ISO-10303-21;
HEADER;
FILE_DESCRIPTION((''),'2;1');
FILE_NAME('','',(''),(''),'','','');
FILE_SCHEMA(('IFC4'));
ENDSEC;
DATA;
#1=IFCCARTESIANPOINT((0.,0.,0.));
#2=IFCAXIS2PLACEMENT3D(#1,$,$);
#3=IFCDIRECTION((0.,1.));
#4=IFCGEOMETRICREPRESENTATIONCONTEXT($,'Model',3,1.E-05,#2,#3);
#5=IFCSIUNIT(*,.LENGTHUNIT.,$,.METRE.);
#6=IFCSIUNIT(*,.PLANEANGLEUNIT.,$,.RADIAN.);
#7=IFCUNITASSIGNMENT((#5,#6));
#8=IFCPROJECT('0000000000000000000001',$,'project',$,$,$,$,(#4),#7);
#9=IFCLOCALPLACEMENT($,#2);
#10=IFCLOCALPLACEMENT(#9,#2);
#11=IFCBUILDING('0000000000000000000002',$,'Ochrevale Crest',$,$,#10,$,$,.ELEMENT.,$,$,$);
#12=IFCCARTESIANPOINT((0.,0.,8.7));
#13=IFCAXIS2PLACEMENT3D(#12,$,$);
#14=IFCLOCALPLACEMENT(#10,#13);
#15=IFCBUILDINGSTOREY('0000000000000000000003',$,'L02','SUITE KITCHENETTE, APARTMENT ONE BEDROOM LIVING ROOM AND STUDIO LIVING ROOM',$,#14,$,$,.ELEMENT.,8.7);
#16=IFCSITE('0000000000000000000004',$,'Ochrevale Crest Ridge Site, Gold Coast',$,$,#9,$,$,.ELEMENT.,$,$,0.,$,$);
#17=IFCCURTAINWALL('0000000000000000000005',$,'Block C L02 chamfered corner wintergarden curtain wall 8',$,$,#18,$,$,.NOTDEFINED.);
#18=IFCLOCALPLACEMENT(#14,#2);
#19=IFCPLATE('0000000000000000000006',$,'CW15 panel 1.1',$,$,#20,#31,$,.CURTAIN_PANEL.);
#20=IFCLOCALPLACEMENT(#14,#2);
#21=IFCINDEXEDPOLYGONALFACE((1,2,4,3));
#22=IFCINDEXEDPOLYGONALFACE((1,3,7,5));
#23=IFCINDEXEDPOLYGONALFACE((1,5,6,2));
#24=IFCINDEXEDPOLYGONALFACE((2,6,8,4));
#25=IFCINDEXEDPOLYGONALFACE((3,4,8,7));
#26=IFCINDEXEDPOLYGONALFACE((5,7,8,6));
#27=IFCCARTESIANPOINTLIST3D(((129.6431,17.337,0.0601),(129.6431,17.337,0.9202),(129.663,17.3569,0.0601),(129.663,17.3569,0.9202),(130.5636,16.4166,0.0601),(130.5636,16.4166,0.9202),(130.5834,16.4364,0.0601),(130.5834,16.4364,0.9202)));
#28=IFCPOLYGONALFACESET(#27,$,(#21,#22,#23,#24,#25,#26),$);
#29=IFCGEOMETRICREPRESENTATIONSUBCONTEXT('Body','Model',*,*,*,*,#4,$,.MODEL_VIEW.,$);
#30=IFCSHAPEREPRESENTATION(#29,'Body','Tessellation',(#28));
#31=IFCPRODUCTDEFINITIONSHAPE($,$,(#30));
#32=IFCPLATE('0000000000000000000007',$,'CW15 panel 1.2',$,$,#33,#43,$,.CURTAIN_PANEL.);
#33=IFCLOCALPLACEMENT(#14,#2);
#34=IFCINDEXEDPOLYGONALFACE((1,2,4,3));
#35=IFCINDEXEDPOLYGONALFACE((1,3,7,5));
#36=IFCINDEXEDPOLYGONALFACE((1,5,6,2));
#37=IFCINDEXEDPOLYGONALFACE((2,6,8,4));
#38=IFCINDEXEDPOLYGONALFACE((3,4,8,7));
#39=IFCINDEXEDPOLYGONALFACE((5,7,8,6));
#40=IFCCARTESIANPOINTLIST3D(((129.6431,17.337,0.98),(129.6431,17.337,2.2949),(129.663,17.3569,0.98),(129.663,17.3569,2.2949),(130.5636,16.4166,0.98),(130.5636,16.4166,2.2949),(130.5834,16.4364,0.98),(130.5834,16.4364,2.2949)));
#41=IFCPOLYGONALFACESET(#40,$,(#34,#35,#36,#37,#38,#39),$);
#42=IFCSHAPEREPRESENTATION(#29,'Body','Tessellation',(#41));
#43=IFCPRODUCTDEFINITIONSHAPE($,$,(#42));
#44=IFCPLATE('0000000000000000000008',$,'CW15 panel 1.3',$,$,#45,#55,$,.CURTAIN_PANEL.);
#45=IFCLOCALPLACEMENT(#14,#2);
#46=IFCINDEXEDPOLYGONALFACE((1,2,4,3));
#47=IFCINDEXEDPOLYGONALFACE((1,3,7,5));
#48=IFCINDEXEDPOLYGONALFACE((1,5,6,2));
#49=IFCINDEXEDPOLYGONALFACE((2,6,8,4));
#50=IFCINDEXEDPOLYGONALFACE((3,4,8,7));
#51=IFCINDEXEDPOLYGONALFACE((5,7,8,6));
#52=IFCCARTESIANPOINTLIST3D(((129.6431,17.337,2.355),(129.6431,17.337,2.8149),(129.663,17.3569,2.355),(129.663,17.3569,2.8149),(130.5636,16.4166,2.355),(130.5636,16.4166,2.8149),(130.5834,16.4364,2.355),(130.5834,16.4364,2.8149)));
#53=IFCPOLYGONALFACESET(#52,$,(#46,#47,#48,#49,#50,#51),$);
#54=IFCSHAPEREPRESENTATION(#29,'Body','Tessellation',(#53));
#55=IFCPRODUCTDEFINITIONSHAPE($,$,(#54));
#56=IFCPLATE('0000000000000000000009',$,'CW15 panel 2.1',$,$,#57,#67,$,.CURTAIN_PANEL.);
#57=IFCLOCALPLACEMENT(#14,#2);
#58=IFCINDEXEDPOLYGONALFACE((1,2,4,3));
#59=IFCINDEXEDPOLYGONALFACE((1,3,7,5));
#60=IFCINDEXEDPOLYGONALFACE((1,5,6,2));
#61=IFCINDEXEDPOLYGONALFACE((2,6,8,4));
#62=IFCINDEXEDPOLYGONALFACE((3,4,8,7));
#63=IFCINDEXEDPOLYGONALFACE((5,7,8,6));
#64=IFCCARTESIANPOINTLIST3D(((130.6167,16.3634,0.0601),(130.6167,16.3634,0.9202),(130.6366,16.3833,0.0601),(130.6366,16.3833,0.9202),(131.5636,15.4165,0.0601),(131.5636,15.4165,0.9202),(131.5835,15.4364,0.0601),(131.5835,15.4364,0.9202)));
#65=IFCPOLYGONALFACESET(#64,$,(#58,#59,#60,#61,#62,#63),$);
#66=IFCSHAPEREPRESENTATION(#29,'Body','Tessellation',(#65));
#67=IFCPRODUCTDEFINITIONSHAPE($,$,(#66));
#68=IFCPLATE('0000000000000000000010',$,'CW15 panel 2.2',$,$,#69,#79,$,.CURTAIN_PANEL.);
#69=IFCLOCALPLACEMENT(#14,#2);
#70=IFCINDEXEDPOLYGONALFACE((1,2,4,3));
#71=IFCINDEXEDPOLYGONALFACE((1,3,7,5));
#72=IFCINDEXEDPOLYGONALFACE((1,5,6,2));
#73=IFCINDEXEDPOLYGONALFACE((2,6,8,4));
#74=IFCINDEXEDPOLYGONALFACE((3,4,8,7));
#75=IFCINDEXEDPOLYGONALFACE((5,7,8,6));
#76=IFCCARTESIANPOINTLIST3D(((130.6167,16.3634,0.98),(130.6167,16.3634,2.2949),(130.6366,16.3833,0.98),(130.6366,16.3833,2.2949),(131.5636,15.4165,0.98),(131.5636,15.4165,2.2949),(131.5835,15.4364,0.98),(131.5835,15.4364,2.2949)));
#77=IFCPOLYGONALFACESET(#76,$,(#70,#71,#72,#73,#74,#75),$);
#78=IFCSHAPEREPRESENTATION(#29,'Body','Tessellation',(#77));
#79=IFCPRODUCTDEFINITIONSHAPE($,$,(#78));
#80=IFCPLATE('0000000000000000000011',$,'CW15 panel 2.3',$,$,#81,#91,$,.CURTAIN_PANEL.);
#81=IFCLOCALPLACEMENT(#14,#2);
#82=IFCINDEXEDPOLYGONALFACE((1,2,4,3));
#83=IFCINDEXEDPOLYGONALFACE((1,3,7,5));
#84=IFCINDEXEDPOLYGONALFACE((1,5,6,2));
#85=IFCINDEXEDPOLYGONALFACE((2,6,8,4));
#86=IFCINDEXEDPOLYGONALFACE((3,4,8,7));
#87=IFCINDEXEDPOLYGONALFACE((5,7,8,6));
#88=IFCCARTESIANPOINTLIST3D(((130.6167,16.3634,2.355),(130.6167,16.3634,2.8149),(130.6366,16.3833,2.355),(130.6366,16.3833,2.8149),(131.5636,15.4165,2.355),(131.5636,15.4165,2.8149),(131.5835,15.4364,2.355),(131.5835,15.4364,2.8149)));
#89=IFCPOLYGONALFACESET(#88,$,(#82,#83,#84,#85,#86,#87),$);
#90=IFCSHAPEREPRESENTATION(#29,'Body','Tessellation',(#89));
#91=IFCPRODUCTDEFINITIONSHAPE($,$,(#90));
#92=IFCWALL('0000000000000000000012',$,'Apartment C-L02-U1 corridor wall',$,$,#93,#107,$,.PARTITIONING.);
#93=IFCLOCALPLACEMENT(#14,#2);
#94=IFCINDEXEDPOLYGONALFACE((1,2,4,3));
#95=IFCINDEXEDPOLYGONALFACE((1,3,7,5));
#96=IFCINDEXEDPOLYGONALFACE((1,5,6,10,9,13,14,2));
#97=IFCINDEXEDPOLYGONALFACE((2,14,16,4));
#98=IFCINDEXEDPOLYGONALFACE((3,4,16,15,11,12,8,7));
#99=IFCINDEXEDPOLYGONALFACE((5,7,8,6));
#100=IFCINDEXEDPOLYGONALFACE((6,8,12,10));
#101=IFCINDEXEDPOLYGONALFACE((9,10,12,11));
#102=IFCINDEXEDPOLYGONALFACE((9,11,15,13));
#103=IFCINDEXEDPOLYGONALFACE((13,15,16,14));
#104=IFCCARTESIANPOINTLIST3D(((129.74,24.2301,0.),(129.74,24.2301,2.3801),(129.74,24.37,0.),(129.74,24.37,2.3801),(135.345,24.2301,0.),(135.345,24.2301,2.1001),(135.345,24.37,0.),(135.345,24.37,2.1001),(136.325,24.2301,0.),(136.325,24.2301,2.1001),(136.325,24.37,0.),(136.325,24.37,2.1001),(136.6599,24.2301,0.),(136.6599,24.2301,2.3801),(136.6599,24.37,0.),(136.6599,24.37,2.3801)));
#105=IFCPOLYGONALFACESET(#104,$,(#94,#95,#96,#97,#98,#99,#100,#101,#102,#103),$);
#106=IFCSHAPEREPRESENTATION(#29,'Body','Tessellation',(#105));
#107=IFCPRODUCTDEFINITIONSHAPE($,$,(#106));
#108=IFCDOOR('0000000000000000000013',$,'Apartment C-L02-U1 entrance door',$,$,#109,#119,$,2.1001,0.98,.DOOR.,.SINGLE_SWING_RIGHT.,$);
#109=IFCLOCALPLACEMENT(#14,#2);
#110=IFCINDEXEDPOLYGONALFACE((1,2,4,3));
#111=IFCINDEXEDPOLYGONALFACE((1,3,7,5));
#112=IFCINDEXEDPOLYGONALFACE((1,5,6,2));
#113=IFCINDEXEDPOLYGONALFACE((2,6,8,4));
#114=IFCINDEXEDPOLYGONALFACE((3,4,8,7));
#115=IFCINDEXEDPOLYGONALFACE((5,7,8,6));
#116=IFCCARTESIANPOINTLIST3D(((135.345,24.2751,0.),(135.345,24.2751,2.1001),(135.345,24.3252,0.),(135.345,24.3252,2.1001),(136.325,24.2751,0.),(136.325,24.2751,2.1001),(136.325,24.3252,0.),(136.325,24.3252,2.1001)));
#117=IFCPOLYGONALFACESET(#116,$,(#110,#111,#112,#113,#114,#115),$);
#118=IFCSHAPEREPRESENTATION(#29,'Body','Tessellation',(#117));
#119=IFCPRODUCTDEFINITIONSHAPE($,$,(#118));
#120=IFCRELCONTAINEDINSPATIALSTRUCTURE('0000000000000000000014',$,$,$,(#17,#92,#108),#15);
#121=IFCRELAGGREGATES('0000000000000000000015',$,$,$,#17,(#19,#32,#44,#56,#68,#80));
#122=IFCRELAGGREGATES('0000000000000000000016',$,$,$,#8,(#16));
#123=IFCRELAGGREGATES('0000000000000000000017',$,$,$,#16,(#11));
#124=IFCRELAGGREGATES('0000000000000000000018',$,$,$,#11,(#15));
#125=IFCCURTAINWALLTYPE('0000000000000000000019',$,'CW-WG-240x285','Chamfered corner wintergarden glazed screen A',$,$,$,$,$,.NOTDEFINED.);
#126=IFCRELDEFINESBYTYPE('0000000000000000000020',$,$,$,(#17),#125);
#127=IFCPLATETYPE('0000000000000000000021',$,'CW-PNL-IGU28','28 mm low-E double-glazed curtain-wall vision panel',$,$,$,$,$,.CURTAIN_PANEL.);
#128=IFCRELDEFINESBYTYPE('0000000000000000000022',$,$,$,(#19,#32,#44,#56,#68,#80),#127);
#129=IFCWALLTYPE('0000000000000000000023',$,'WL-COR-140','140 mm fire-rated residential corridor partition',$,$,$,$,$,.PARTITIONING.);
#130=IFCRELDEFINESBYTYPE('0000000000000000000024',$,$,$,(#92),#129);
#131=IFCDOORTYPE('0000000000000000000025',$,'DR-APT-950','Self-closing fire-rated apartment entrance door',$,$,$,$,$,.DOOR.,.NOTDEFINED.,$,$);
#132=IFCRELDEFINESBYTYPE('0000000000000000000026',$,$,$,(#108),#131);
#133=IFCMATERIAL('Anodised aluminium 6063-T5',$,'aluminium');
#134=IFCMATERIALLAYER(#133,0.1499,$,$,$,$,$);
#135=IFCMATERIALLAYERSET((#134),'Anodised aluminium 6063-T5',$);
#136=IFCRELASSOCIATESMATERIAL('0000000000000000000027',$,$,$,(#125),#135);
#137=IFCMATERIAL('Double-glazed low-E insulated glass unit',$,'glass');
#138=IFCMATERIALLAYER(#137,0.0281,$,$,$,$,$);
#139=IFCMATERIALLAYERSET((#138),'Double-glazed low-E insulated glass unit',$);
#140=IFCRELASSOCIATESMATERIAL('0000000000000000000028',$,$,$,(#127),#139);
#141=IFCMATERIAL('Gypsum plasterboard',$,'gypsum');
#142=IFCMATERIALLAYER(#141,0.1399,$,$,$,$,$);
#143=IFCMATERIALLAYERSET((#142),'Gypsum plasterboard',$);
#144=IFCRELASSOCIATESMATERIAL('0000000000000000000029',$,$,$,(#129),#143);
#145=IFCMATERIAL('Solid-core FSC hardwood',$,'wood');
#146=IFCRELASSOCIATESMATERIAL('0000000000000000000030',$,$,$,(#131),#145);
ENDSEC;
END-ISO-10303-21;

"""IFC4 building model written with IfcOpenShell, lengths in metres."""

from ifc_helpers import new_model, si_unit, direction, frame, frame_2d, origin, origin_2d, place, context, subcontext, project, spatial, rectangle, extrude, material, layer, layer_set, type_object, element, fill, aggregate, save


model = new_model("IFC4")

# Units and contexts
model_context = context("Model", 3, precision=1e-05, world=origin(), true_north=direction((0.0, 1.0)))
body_context = subcontext(model_context, "Body", "Model", "MODEL_VIEW")
ifc_project = project(units=[si_unit("LENGTHUNIT", "METRE"), si_unit("PLANEANGLEUNIT", "RADIAN")], contexts=[model_context])

# Site, building, storey
site_placement = place(None, origin())
site = spatial("IfcSite", under=ifc_project, at=site_placement, Name="Ochrevale Crest Ridge Site, Gold Coast", CompositionType="ELEMENT", RefElevation=0.0)
building_placement = place(site_placement, origin())
building = spatial("IfcBuilding", under=site, at=building_placement, Name="Ochrevale Crest", CompositionType="ELEMENT")
storey_placement = place(building_placement, frame((0.0, 0.0, 8.7)))
storey = spatial("IfcBuildingStorey", under=building, at=storey_placement, Name="L02", Description="SUITE KITCHENETTE, APARTMENT ONE BEDROOM LIVING ROOM AND STUDIO LIVING ROOM", CompositionType="ELEMENT", Elevation=8.7)

# Curtain wall, plates
ifc_material_1 = material(Name="Anodised aluminium 6063-T5", Category="aluminium")
ifc_layer_1 = layer(ifc_material_1, 0.1499)
ifc_layer_set_1 = layer_set([ifc_layer_1], Name="Anodised aluminium 6063-T5")
curtain_wall_type = type_object("IfcCurtainWallType", Name="CW-WG-240x285", Description="Chamfered corner wintergarden glazed screen A", PredefinedType="NOTDEFINED", material=ifc_layer_set_1)
curtain_wall_placement = place(storey_placement, origin())
curtain_wall = element("IfcCurtainWall", 1, at=curtain_wall_placement, inside=storey, type_object=curtain_wall_type, Name="Block C L02 chamfered corner wintergarden curtain wall 8", PredefinedType="NOTDEFINED")
ifc_material_2 = material(Name="Double-glazed low-E insulated glass unit", Category="glass")
ifc_layer_2 = layer(ifc_material_2, 0.0281)
ifc_layer_set_2 = layer_set([ifc_layer_2], Name="Double-glazed low-E insulated glass unit")
plate_type = type_object("IfcPlateType", Name="CW-PNL-IGU28", Description="28 mm low-E double-glazed curtain-wall vision panel", PredefinedType="CURTAIN_PANEL", material=ifc_layer_set_2)
plate_1_placement = place(storey_placement, frame((130.1133, 16.8867, 0.0601), z_axis=(0.0, 0.0, 1.0), x_axis=(0.707107, -0.707107, 0.0)))
plate_1 = element("IfcPlate", 2, at=plate_1_placement, type_object=plate_type, Name="CW15 panel 1.1", PredefinedType="CURTAIN_PANEL", context=body_context, shape_type="SweptSolid", body=[
    extrude(rectangle(XDim=1.3018, YDim=0.0281, at=origin_2d()), origin(), (0.0, 0.0, 1.0), 0.8601),
])
plate_2_placement = place(storey_placement, frame((130.1133, 16.8867, 0.98), z_axis=(0.0, 0.0, 1.0), x_axis=(0.707107, -0.707107, 0.0)))
plate_2 = element("IfcPlate", 3, at=plate_2_placement, type_object=plate_type, Name="CW15 panel 1.2", PredefinedType="CURTAIN_PANEL", context=body_context, shape_type="SweptSolid", body=[
    extrude(rectangle(XDim=1.3018, YDim=0.0281, at=origin_2d()), origin(), (0.0, 0.0, 1.0), 1.3149),
])
plate_3_placement = place(storey_placement, frame((130.1133, 16.8867, 2.355), z_axis=(0.0, 0.0, 1.0), x_axis=(0.707107, -0.707107, 0.0)))
plate_3 = element("IfcPlate", 4, at=plate_3_placement, type_object=plate_type, Name="CW15 panel 1.3", PredefinedType="CURTAIN_PANEL", context=body_context, shape_type="SweptSolid", body=[
    extrude(rectangle(XDim=1.3018, YDim=0.0281, at=origin_2d()), origin(), (0.0, 0.0, 1.0), 0.46),
])
plate_4_placement = place(storey_placement, frame((131.1001, 15.8999, 0.0601), z_axis=(0.0, 0.0, 1.0), x_axis=(0.707107, -0.707107, 0.0)))
plate_4 = element("IfcPlate", 5, at=plate_4_placement, type_object=plate_type, Name="CW15 panel 2.1", PredefinedType="CURTAIN_PANEL", context=body_context, shape_type="SweptSolid", body=[
    extrude(rectangle(XDim=1.3391, YDim=0.0281, at=origin_2d()), origin(), (0.0, 0.0, 1.0), 0.8601),
])
plate_5_placement = place(storey_placement, frame((131.1001, 15.8999, 0.98), z_axis=(0.0, 0.0, 1.0), x_axis=(0.707107, -0.707107, 0.0)))
plate_5 = element("IfcPlate", 6, at=plate_5_placement, type_object=plate_type, Name="CW15 panel 2.2", PredefinedType="CURTAIN_PANEL", context=body_context, shape_type="SweptSolid", body=[
    extrude(rectangle(XDim=1.3391, YDim=0.0281, at=origin_2d()), origin(), (0.0, 0.0, 1.0), 1.3149),
])
plate_6_placement = place(storey_placement, frame((131.1001, 15.8999, 2.355), z_axis=(0.0, 0.0, 1.0), x_axis=(0.707107, -0.707107, 0.0)))
plate_6 = element("IfcPlate", 7, at=plate_6_placement, type_object=plate_type, Name="CW15 panel 2.3", PredefinedType="CURTAIN_PANEL", context=body_context, shape_type="SweptSolid", body=[
    extrude(rectangle(XDim=1.3391, YDim=0.0281, at=origin_2d()), origin(), (0.0, 0.0, 1.0), 0.46),
])
aggregate(curtain_wall, [plate_1, plate_2, plate_3, plate_4, plate_5, plate_6])

# Wall, opening, door
ifc_material_3 = material(Name="Gypsum plasterboard", Category="gypsum")
ifc_layer_3 = layer(ifc_material_3, 0.1399)
ifc_layer_set_3 = layer_set([ifc_layer_3], Name="Gypsum plasterboard")
wall_type_1 = type_object("IfcWallType", Name="WL-COR-140", Description="140 mm fire-rated residential corridor partition", PredefinedType="PARTITIONING", material=ifc_layer_set_3)
wall_1_placement = place(storey_placement, frame((129.74, 24.3, 0.0), z_axis=(0.0, 0.0, 1.0), x_axis=(1.0, 0.0, 0.0)))
wall_1 = element("IfcWall", 8, at=wall_1_placement, inside=storey, type_object=wall_type_1, Name="Apartment C-L02-U1 corridor wall", PredefinedType="PARTITIONING", context=body_context, shape_type="SweptSolid", body=[
    extrude(rectangle(XDim=6.9199, YDim=0.1399, at=frame_2d((3.46, 0.0))), origin(), (0.0, 0.0, 1.0), 2.3801),
])
opening_1_placement = place(wall_1_placement, frame((6.585, 0.0, 0.0), z_axis=(0.0, 0.0, 1.0), x_axis=(-1.0, 0.0, 0.0)))
opening_1 = element("IfcOpeningElement", 9, at=opening_1_placement, cuts=wall_1, PredefinedType="OPENING", context=body_context, shape_type="SweptSolid", body=[
    extrude(rectangle(XDim=0.98, YDim=2.1001, at=frame_2d((0.49, 1.05))), frame((0.0, 0.0801, 0.0), z_axis=(0.0, -1.0, 0.0), x_axis=(1.0, 0.0, 0.0)), (0.0, 0.0, 1.0), 0.1599),
])
ifc_material_4 = material(Name="Solid-core FSC hardwood", Category="wood")
door_type_1 = type_object("IfcDoorType", Name="DR-APT-950", Description="Self-closing fire-rated apartment entrance door", OperationType="NOTDEFINED", PredefinedType="DOOR", material=ifc_material_4)
door_1_placement = place(opening_1_placement, origin())
door_1 = element("IfcDoor", 10, at=door_1_placement, inside=storey, type_object=door_type_1, Name="Apartment C-L02-U1 entrance door", OperationType="SINGLE_SWING_RIGHT", OverallHeight=2.1001, OverallWidth=0.98, PredefinedType="DOOR", context=body_context, shape_type="SweptSolid", body=[
    extrude(rectangle(XDim=0.98, YDim=2.1001, at=frame_2d((0.49, 1.05))), frame((0.0, 0.0249, 0.0), z_axis=(0.0, -1.0, 0.0), x_axis=(1.0, 0.0, 0.0)), (0.0, 0.0, 1.0), 0.05),
])
fill(opening_1, door_1)

save(model, "model.ifc")
